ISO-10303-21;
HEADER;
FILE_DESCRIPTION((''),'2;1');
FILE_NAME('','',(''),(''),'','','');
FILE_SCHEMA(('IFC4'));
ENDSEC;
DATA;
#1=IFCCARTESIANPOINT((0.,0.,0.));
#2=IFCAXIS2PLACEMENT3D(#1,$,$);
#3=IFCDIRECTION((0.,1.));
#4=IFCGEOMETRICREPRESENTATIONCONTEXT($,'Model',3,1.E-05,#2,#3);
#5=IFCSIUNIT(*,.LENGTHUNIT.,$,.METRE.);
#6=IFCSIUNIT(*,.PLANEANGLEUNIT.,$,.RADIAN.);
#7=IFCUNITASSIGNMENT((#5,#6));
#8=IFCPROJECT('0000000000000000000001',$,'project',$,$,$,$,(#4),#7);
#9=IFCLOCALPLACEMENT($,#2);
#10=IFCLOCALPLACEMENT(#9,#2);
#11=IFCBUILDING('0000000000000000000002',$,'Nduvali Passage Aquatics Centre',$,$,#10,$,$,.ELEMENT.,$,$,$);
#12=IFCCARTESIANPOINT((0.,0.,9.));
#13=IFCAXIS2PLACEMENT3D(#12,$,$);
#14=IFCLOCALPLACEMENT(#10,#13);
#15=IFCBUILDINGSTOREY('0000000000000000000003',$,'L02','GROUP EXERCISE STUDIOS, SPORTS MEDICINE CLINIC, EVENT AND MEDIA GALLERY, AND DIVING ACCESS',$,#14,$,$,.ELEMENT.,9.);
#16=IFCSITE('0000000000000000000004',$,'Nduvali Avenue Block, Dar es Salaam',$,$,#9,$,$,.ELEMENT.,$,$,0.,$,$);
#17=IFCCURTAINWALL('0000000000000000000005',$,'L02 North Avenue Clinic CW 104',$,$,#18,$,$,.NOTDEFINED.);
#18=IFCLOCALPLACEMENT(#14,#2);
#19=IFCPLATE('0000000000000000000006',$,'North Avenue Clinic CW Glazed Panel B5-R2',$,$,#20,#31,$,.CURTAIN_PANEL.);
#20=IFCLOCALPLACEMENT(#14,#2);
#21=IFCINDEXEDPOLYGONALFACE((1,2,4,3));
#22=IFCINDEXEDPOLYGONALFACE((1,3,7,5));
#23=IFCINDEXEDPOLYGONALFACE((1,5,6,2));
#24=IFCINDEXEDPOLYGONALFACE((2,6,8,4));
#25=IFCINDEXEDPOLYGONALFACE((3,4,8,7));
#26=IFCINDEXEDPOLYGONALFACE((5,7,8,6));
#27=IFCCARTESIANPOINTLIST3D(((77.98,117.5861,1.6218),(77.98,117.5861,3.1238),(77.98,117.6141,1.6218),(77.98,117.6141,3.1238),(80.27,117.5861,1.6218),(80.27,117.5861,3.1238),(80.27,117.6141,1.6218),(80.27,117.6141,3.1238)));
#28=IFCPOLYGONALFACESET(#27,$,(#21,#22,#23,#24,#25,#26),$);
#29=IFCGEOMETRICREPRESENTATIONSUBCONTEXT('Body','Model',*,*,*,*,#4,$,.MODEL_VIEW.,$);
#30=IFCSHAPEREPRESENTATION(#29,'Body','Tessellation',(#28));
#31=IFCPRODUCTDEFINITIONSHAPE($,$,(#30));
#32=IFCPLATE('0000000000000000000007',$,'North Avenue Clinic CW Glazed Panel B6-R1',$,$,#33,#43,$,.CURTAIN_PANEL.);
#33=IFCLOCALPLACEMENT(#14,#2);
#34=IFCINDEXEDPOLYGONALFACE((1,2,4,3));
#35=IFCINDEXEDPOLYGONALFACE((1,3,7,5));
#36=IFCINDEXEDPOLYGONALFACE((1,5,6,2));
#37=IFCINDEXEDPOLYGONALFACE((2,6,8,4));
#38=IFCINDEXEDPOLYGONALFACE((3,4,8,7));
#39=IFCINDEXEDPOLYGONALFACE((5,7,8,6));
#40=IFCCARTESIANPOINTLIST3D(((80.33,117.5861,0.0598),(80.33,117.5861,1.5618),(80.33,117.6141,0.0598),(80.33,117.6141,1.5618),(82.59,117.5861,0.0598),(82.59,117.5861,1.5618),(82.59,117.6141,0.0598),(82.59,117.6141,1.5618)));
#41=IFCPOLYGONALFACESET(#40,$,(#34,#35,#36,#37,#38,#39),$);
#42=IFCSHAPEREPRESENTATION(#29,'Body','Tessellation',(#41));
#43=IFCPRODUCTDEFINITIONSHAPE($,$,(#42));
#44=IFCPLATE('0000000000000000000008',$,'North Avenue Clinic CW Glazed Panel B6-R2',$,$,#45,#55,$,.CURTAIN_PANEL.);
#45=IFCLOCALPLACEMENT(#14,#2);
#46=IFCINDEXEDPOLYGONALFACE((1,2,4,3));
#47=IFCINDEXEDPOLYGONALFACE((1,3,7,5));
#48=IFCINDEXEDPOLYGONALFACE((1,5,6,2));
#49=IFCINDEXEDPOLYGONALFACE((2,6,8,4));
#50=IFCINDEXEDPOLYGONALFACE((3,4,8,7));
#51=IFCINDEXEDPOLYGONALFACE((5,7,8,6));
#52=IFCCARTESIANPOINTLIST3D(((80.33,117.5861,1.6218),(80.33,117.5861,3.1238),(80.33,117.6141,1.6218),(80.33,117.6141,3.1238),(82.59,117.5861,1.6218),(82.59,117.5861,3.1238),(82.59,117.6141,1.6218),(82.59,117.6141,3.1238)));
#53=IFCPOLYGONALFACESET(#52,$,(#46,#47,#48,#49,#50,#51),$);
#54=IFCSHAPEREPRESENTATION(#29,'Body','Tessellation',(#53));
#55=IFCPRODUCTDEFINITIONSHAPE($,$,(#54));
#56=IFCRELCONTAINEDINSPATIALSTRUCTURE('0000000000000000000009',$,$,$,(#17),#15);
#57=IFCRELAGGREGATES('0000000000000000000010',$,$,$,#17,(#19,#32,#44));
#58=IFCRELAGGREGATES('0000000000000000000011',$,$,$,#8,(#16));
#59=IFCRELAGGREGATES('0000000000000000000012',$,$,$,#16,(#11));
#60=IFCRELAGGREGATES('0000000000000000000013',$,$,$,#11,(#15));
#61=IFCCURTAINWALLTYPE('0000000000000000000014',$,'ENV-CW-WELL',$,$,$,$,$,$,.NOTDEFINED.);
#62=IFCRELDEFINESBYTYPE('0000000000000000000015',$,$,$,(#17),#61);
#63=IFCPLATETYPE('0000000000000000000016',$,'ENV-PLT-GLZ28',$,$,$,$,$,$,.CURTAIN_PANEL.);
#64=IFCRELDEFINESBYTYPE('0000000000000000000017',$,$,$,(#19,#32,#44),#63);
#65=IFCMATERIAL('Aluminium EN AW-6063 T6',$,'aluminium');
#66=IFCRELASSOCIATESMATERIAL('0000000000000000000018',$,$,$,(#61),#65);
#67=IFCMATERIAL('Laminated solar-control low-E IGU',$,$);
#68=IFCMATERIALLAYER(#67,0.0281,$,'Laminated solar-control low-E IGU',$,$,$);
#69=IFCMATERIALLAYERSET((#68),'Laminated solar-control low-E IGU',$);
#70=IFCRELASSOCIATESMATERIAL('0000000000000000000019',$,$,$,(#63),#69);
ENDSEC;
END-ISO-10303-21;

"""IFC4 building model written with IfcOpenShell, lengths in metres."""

from ifc_helpers import new_model, si_unit, direction, frame, origin, origin_2d, place, context, subcontext, project, spatial, rectangle, extrude, material, layer, layer_set, type_object, element, aggregate, save


model = new_model("IFC4")

# Units and contexts
model_context = context("Model", 3, precision=1e-05, world=origin(), true_north=direction((0.0, 1.0)))
body_context = subcontext(model_context, "Body", "Model", "MODEL_VIEW")
ifc_project = project(units=[si_unit("LENGTHUNIT", "METRE"), si_unit("PLANEANGLEUNIT", "RADIAN")], contexts=[model_context])

# Site, building, storey
site_placement = place(None, origin())
site = spatial("IfcSite", under=ifc_project, at=site_placement, Name="Nduvali Avenue Block, Dar es Salaam", CompositionType="ELEMENT", RefElevation=0.0)
building_placement = place(site_placement, origin())
building = spatial("IfcBuilding", under=site, at=building_placement, Name="Nduvali Passage Aquatics Centre", CompositionType="ELEMENT")
storey_placement = place(building_placement, frame((0.0, 0.0, 9.0)))
storey = spatial("IfcBuildingStorey", under=building, at=storey_placement, Name="L02", Description="GROUP EXERCISE STUDIOS, SPORTS MEDICINE CLINIC, EVENT AND MEDIA GALLERY, AND DIVING ACCESS", CompositionType="ELEMENT", Elevation=9.0)

# Curtain wall
ifc_material_1 = material(Name="Aluminium EN AW-6063 T6", Category="aluminium")
curtain_wall_type = type_object("IfcCurtainWallType", Name="ENV-CW-WELL", PredefinedType="NOTDEFINED", material=ifc_material_1)
curtain_wall_1_placement = place(storey_placement, origin())
curtain_wall_1 = element("IfcCurtainWall", 1, at=curtain_wall_1_placement, inside=storey, type_object=curtain_wall_type, Name="L02 North Avenue Clinic CW 104", PredefinedType="NOTDEFINED")

# Plates
ifc_material_2 = material(Name="Laminated solar-control low-E IGU")
ifc_layer = layer(ifc_material_2, 0.0281, Name="Laminated solar-control low-E IGU")
ifc_layer_set = layer_set([ifc_layer], Name="Laminated solar-control low-E IGU")
plate_type = type_object("IfcPlateType", Name="ENV-PLT-GLZ28", PredefinedType="CURTAIN_PANEL", material=ifc_layer_set)
plate_1_placement = place(storey_placement, frame((79.125, 117.6001, 1.6218), z_axis=(0.0, 0.0, 1.0), x_axis=(1.0, 0.0, 0.0)))
plate_1 = element("IfcPlate", 2, at=plate_1_placement, type_object=plate_type, Name="North Avenue Clinic CW Glazed Panel B5-R2", PredefinedType="CURTAIN_PANEL", context=body_context, shape_type="SweptSolid", body=[
    extrude(rectangle(XDim=2.29, YDim=0.0281, at=origin_2d()), origin(), (0.0, 0.0, 1.0), 1.502),
])
plate_2_placement = place(storey_placement, frame((81.46, 117.6001, 0.0598), z_axis=(0.0, 0.0, 1.0), x_axis=(1.0, 0.0, 0.0)))
plate_2 = element("IfcPlate", 3, at=plate_2_placement, type_object=plate_type, Name="North Avenue Clinic CW Glazed Panel B6-R1", PredefinedType="CURTAIN_PANEL", context=body_context, shape_type="SweptSolid", body=[
    extrude(rectangle(XDim=2.26, YDim=0.0281, at=origin_2d()), origin(), (0.0, 0.0, 1.0), 1.502),
])
plate_3_placement = place(storey_placement, frame((81.46, 117.6001, 1.6218), z_axis=(0.0, 0.0, 1.0), x_axis=(1.0, 0.0, 0.0)))
plate_3 = element("IfcPlate", 4, at=plate_3_placement, type_object=plate_type, Name="North Avenue Clinic CW Glazed Panel B6-R2", PredefinedType="CURTAIN_PANEL", context=body_context, shape_type="SweptSolid", body=[
    extrude(rectangle(XDim=2.26, YDim=0.0281, at=origin_2d()), origin(), (0.0, 0.0, 1.0), 1.502),
])
aggregate(curtain_wall_1, [plate_1, plate_2, plate_3])

save(model, "model.ifc")
